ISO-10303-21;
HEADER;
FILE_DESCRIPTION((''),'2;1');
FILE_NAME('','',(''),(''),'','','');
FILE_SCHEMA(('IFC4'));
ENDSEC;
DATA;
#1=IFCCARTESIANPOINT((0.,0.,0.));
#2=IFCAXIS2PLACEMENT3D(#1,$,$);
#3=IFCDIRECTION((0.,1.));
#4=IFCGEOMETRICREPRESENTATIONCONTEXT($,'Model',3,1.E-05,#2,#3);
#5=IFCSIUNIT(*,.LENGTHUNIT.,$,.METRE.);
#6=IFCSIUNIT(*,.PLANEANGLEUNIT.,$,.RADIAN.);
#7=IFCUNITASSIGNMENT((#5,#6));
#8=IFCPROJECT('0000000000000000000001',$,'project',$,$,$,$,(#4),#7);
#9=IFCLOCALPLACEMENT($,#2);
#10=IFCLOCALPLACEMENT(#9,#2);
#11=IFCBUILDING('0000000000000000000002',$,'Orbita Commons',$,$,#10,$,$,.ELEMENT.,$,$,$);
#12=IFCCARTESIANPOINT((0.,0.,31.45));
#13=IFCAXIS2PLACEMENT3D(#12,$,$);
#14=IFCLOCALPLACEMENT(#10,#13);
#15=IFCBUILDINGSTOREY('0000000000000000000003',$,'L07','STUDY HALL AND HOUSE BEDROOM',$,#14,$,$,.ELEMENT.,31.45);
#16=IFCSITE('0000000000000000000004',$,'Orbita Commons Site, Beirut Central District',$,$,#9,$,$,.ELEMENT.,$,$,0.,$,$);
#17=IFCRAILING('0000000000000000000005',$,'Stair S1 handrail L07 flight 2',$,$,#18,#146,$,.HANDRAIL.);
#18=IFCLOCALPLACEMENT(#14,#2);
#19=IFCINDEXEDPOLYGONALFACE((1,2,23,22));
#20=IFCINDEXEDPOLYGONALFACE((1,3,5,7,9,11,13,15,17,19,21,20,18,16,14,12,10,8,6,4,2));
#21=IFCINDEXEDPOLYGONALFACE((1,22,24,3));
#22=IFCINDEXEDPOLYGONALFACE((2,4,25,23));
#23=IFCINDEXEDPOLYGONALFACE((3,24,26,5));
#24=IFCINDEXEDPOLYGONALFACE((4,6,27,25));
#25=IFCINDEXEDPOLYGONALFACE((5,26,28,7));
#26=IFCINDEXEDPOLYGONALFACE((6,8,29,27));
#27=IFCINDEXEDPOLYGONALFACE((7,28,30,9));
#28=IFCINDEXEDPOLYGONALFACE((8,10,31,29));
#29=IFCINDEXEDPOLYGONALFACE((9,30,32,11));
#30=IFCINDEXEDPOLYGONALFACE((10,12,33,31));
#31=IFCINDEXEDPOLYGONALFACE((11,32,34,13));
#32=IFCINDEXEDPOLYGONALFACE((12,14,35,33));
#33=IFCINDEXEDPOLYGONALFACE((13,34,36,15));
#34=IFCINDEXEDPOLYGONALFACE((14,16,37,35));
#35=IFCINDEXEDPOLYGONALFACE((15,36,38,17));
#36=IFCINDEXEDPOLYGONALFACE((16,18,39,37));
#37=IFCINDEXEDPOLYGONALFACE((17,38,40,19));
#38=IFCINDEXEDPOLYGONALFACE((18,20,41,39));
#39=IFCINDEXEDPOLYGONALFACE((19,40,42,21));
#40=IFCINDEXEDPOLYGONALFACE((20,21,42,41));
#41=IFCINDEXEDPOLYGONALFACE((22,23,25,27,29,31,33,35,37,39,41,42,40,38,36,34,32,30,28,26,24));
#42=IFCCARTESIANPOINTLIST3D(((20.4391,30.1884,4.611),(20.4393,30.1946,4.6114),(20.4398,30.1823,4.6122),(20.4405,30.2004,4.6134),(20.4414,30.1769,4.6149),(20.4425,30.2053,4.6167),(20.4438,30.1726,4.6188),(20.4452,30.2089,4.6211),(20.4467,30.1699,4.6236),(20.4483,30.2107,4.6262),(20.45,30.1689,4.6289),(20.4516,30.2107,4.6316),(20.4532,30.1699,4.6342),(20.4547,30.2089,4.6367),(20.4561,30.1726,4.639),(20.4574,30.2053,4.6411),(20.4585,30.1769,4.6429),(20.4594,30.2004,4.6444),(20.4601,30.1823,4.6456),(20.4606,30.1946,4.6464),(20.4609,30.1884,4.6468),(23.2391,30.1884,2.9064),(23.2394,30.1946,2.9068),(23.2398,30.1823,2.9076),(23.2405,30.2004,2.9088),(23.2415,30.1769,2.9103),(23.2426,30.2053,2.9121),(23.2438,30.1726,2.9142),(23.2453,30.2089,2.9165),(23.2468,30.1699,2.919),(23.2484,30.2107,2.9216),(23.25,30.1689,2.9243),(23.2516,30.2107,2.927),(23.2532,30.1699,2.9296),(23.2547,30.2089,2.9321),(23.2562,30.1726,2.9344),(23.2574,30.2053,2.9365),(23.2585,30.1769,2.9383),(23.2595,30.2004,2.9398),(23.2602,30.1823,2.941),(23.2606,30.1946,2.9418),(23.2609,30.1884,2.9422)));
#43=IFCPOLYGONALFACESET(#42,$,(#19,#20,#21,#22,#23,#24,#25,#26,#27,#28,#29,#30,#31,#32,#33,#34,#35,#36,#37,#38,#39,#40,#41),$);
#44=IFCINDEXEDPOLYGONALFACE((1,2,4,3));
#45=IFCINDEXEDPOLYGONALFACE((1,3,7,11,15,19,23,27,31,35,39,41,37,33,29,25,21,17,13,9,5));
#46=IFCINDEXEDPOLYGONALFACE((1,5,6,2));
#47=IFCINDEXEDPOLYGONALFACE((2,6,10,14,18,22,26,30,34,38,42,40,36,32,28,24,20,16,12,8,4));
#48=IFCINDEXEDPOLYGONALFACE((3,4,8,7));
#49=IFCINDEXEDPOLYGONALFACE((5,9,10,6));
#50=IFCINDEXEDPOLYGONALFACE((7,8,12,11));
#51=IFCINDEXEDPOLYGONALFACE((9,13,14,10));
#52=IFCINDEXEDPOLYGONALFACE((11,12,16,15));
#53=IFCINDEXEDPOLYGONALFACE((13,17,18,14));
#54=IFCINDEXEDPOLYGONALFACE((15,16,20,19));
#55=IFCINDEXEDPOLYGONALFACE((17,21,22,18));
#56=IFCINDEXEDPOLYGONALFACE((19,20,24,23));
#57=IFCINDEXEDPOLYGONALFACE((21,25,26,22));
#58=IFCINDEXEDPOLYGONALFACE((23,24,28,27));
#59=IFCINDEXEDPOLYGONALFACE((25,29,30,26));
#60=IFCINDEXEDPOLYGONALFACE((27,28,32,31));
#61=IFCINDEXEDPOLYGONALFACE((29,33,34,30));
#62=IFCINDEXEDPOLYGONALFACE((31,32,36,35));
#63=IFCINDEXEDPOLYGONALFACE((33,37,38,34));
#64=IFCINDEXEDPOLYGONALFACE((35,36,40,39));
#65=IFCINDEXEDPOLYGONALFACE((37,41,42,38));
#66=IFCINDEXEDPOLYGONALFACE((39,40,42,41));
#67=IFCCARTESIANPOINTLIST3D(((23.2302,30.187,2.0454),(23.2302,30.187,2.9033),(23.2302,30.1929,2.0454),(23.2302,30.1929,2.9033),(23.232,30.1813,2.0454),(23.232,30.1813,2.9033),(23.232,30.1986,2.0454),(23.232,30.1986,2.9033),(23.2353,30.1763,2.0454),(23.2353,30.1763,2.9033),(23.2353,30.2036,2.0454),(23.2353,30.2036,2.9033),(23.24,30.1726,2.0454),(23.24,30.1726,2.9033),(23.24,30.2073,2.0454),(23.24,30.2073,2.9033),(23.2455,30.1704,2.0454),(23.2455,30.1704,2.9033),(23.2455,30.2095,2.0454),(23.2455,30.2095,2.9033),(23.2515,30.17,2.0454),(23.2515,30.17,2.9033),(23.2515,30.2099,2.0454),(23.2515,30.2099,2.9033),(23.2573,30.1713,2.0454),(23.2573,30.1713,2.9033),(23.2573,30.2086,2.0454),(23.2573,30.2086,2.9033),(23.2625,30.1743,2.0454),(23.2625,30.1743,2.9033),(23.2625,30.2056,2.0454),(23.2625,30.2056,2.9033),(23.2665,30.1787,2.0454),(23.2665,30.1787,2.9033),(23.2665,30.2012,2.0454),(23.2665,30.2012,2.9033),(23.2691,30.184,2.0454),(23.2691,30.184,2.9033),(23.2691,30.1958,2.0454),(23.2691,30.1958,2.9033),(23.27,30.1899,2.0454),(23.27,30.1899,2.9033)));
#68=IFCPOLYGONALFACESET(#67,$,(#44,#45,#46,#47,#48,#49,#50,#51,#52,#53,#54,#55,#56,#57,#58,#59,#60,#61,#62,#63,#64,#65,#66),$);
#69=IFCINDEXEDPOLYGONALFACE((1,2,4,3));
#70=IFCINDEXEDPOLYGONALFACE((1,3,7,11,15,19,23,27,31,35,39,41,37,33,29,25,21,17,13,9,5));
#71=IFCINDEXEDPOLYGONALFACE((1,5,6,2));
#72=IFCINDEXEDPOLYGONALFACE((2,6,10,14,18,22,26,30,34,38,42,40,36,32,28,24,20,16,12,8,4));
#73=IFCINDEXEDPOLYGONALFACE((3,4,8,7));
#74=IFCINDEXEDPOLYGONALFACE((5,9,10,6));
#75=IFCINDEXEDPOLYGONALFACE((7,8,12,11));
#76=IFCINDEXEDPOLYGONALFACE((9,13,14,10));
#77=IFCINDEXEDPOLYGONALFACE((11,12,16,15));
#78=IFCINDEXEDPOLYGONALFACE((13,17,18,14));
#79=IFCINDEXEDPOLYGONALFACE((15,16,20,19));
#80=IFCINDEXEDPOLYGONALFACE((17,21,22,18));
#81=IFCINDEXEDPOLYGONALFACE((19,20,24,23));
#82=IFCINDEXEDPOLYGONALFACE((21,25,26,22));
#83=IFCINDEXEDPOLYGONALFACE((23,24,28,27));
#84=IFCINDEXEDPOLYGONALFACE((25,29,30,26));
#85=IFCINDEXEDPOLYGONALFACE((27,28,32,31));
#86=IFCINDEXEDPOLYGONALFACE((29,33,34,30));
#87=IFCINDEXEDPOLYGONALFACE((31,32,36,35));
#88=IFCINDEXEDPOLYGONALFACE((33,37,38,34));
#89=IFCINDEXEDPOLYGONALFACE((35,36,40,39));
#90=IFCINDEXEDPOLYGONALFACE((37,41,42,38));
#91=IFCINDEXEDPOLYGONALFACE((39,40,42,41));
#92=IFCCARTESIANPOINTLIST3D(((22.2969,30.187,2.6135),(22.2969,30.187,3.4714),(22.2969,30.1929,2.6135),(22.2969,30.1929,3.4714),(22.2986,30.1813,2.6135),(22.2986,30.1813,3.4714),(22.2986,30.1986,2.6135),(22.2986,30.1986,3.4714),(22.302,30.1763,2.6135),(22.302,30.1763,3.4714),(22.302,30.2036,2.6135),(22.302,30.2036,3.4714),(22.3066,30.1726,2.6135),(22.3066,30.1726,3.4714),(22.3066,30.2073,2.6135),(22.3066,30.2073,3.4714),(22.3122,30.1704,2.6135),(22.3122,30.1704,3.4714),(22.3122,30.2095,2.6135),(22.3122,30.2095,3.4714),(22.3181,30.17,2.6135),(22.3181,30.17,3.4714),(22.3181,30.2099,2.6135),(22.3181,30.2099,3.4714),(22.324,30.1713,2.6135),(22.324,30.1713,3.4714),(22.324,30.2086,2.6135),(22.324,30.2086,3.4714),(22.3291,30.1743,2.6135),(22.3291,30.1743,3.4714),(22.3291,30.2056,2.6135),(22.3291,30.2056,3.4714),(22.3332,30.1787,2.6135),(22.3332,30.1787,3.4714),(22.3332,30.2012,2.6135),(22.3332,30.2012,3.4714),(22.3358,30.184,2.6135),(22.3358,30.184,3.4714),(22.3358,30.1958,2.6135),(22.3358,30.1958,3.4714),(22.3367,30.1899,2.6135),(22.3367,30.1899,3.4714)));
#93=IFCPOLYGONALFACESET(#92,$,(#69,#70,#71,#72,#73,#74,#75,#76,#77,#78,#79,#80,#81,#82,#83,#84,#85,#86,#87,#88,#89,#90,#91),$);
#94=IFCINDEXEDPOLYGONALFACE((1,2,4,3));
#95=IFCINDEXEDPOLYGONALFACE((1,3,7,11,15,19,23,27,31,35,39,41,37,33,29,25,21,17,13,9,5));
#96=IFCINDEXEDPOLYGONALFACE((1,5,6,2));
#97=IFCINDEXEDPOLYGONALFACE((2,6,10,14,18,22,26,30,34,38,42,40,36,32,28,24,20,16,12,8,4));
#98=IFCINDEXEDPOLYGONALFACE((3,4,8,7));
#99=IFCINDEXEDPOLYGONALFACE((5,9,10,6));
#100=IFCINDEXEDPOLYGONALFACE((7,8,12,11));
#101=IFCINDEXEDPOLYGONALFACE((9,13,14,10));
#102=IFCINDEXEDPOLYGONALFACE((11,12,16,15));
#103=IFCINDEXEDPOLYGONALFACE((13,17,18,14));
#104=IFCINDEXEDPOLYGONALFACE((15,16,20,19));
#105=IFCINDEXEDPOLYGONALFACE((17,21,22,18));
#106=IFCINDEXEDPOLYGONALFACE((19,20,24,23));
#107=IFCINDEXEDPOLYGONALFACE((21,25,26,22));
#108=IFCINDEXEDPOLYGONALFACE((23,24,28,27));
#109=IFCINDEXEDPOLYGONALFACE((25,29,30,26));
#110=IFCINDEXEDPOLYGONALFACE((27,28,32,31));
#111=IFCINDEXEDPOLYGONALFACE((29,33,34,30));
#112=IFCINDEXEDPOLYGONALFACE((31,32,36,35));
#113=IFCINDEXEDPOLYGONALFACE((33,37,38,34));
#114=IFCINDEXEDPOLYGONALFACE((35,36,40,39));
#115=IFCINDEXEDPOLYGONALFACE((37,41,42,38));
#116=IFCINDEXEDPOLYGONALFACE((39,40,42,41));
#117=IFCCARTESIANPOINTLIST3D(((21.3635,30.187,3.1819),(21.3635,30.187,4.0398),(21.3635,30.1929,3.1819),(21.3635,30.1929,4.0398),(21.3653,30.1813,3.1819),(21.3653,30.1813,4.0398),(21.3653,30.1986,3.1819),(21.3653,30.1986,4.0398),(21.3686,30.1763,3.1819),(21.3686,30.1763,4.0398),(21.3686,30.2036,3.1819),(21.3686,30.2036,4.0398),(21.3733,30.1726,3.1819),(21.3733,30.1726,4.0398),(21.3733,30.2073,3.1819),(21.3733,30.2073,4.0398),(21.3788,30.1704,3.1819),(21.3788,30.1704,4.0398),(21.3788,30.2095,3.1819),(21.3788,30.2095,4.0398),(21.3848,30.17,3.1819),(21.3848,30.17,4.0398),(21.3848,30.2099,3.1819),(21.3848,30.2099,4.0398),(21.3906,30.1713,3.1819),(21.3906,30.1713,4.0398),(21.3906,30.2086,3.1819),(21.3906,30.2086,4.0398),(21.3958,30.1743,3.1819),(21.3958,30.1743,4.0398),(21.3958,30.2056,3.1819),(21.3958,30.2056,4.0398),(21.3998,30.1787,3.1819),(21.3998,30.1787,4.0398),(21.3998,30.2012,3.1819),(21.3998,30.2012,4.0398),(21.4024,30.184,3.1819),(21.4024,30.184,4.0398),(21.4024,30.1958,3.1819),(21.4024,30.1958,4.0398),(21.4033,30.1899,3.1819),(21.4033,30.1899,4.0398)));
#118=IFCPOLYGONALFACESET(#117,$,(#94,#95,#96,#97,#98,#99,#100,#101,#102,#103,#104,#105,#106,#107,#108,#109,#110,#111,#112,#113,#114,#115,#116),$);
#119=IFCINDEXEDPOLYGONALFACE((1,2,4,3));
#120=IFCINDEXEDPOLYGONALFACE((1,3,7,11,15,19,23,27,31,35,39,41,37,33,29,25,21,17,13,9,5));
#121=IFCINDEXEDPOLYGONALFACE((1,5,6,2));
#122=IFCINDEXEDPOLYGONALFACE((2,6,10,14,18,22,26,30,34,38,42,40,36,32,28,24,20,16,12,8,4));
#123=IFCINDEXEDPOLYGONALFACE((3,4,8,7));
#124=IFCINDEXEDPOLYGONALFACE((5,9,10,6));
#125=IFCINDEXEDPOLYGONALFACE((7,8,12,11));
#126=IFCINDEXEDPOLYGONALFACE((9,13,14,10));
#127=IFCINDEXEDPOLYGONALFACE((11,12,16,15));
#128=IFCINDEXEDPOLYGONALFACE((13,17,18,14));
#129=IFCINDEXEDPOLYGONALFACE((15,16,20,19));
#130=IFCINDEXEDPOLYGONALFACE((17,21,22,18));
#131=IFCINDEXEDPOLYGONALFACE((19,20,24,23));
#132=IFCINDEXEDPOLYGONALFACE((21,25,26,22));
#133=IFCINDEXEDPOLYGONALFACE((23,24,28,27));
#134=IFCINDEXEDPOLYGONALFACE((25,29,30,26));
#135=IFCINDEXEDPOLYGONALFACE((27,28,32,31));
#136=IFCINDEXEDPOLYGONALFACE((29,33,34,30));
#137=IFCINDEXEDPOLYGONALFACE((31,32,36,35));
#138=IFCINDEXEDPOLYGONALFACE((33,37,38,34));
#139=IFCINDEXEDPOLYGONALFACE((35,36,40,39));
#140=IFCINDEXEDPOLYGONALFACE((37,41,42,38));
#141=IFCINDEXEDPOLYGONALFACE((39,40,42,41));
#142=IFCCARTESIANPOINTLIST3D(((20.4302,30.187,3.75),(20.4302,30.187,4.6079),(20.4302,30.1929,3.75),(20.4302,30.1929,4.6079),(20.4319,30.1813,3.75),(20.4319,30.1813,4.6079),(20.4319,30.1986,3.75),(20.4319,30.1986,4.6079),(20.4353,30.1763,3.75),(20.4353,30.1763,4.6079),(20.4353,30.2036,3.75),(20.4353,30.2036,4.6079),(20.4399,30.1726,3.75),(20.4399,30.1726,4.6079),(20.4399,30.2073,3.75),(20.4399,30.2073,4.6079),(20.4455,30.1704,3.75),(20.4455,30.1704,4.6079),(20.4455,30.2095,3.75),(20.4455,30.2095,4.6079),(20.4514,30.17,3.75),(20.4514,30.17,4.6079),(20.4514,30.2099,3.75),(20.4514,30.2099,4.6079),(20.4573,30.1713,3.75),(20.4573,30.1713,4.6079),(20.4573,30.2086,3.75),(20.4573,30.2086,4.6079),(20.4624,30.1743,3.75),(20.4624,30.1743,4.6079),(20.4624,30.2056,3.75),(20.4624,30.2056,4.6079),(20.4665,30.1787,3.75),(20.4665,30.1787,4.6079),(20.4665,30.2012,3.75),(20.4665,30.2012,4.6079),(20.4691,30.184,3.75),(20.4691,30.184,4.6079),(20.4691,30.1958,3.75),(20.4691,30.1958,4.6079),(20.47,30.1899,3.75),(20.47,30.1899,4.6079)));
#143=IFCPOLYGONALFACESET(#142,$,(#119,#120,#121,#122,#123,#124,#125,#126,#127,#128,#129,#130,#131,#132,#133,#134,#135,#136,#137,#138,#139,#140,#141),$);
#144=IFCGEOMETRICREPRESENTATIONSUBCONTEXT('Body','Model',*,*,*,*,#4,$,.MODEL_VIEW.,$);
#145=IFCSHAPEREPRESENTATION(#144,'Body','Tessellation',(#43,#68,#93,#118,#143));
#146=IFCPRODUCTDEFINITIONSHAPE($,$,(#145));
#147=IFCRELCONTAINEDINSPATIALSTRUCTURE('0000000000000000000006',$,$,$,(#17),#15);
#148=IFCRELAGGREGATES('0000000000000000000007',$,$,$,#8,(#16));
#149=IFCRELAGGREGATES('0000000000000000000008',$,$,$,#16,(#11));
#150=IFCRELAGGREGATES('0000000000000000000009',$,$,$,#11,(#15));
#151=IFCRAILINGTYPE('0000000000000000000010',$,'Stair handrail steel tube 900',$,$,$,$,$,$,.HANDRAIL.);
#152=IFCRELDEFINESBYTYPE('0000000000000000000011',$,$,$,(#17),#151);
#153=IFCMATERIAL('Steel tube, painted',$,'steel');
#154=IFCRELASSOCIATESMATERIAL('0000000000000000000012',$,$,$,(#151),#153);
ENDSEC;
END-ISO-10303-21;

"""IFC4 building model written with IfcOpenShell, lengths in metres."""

from ifc_helpers import new_model, si_unit, direction, frame, origin, origin_2d, place, context, subcontext, project, spatial, circle, extrude, material, type_object, element, save


model = new_model("IFC4")

# Units and contexts
model_context = context("Model", 3, precision=1e-05, world=origin(), true_north=direction((0.0, 1.0)))
body_context = subcontext(model_context, "Body", "Model", "MODEL_VIEW")
ifc_project = project(units=[si_unit("LENGTHUNIT", "METRE"), si_unit("PLANEANGLEUNIT", "RADIAN")], contexts=[model_context])

# Site, building, storey
site_placement = place(None, origin())
site = spatial("IfcSite", under=ifc_project, at=site_placement, Name="Orbita Commons Site, Beirut Central District", CompositionType="ELEMENT", RefElevation=0.0)
building_placement = place(site_placement, origin())
building = spatial("IfcBuilding", under=site, at=building_placement, Name="Orbita Commons", CompositionType="ELEMENT")
storey_placement = place(building_placement, frame((0.0, 0.0, 31.45)))
storey = spatial("IfcBuildingStorey", under=building, at=storey_placement, Name="L07", Description="STUDY HALL AND HOUSE BEDROOM", CompositionType="ELEMENT", Elevation=31.45)

# Railing
ifc_material_1 = material(Name="Steel tube, painted", Category="steel")
railing_type = type_object("IfcRailingType", Name="Stair handrail steel tube 900", PredefinedType="HANDRAIL", material=ifc_material_1)
for number, where, name in (
    (1, (23.25, 30.1899, 2.0454), "Stair S1 handrail L07 flight 2"),
):
    element("IfcRailing", number, at=place(storey_placement, frame(where)), inside=storey, type_object=railing_type, Name=name, PredefinedType="HANDRAIL", context=body_context, shape_type="SweptSolid", body=[
        extrude(circle(Radius=0.021, at=origin_2d()), frame((0.0, 0.0, 0.8789), z_axis=(-0.85417, 0.0, 0.519994), x_axis=(0.0, -1.0, 0.0)), (0.0, 0.0, 1.0), 3.2781),
        extrude(circle(Radius=0.02, at=origin_2d()), origin(), (0.0, 0.0, 1.0), 0.8579),
        extrude(circle(Radius=0.02, at=origin_2d()), frame((-0.9333, 0.0, 0.5681)), (0.0, 0.0, 1.0), 0.8579),
        extrude(circle(Radius=0.02, at=origin_2d()), frame((-1.8667, 0.0, 1.1365)), (0.0, 0.0, 1.0), 0.8579),
        extrude(circle(Radius=0.02, at=origin_2d()), frame((-2.8, 0.0, 1.7046)), (0.0, 0.0, 1.0), 0.8579),
    ])

save(model, "model.ifc")
